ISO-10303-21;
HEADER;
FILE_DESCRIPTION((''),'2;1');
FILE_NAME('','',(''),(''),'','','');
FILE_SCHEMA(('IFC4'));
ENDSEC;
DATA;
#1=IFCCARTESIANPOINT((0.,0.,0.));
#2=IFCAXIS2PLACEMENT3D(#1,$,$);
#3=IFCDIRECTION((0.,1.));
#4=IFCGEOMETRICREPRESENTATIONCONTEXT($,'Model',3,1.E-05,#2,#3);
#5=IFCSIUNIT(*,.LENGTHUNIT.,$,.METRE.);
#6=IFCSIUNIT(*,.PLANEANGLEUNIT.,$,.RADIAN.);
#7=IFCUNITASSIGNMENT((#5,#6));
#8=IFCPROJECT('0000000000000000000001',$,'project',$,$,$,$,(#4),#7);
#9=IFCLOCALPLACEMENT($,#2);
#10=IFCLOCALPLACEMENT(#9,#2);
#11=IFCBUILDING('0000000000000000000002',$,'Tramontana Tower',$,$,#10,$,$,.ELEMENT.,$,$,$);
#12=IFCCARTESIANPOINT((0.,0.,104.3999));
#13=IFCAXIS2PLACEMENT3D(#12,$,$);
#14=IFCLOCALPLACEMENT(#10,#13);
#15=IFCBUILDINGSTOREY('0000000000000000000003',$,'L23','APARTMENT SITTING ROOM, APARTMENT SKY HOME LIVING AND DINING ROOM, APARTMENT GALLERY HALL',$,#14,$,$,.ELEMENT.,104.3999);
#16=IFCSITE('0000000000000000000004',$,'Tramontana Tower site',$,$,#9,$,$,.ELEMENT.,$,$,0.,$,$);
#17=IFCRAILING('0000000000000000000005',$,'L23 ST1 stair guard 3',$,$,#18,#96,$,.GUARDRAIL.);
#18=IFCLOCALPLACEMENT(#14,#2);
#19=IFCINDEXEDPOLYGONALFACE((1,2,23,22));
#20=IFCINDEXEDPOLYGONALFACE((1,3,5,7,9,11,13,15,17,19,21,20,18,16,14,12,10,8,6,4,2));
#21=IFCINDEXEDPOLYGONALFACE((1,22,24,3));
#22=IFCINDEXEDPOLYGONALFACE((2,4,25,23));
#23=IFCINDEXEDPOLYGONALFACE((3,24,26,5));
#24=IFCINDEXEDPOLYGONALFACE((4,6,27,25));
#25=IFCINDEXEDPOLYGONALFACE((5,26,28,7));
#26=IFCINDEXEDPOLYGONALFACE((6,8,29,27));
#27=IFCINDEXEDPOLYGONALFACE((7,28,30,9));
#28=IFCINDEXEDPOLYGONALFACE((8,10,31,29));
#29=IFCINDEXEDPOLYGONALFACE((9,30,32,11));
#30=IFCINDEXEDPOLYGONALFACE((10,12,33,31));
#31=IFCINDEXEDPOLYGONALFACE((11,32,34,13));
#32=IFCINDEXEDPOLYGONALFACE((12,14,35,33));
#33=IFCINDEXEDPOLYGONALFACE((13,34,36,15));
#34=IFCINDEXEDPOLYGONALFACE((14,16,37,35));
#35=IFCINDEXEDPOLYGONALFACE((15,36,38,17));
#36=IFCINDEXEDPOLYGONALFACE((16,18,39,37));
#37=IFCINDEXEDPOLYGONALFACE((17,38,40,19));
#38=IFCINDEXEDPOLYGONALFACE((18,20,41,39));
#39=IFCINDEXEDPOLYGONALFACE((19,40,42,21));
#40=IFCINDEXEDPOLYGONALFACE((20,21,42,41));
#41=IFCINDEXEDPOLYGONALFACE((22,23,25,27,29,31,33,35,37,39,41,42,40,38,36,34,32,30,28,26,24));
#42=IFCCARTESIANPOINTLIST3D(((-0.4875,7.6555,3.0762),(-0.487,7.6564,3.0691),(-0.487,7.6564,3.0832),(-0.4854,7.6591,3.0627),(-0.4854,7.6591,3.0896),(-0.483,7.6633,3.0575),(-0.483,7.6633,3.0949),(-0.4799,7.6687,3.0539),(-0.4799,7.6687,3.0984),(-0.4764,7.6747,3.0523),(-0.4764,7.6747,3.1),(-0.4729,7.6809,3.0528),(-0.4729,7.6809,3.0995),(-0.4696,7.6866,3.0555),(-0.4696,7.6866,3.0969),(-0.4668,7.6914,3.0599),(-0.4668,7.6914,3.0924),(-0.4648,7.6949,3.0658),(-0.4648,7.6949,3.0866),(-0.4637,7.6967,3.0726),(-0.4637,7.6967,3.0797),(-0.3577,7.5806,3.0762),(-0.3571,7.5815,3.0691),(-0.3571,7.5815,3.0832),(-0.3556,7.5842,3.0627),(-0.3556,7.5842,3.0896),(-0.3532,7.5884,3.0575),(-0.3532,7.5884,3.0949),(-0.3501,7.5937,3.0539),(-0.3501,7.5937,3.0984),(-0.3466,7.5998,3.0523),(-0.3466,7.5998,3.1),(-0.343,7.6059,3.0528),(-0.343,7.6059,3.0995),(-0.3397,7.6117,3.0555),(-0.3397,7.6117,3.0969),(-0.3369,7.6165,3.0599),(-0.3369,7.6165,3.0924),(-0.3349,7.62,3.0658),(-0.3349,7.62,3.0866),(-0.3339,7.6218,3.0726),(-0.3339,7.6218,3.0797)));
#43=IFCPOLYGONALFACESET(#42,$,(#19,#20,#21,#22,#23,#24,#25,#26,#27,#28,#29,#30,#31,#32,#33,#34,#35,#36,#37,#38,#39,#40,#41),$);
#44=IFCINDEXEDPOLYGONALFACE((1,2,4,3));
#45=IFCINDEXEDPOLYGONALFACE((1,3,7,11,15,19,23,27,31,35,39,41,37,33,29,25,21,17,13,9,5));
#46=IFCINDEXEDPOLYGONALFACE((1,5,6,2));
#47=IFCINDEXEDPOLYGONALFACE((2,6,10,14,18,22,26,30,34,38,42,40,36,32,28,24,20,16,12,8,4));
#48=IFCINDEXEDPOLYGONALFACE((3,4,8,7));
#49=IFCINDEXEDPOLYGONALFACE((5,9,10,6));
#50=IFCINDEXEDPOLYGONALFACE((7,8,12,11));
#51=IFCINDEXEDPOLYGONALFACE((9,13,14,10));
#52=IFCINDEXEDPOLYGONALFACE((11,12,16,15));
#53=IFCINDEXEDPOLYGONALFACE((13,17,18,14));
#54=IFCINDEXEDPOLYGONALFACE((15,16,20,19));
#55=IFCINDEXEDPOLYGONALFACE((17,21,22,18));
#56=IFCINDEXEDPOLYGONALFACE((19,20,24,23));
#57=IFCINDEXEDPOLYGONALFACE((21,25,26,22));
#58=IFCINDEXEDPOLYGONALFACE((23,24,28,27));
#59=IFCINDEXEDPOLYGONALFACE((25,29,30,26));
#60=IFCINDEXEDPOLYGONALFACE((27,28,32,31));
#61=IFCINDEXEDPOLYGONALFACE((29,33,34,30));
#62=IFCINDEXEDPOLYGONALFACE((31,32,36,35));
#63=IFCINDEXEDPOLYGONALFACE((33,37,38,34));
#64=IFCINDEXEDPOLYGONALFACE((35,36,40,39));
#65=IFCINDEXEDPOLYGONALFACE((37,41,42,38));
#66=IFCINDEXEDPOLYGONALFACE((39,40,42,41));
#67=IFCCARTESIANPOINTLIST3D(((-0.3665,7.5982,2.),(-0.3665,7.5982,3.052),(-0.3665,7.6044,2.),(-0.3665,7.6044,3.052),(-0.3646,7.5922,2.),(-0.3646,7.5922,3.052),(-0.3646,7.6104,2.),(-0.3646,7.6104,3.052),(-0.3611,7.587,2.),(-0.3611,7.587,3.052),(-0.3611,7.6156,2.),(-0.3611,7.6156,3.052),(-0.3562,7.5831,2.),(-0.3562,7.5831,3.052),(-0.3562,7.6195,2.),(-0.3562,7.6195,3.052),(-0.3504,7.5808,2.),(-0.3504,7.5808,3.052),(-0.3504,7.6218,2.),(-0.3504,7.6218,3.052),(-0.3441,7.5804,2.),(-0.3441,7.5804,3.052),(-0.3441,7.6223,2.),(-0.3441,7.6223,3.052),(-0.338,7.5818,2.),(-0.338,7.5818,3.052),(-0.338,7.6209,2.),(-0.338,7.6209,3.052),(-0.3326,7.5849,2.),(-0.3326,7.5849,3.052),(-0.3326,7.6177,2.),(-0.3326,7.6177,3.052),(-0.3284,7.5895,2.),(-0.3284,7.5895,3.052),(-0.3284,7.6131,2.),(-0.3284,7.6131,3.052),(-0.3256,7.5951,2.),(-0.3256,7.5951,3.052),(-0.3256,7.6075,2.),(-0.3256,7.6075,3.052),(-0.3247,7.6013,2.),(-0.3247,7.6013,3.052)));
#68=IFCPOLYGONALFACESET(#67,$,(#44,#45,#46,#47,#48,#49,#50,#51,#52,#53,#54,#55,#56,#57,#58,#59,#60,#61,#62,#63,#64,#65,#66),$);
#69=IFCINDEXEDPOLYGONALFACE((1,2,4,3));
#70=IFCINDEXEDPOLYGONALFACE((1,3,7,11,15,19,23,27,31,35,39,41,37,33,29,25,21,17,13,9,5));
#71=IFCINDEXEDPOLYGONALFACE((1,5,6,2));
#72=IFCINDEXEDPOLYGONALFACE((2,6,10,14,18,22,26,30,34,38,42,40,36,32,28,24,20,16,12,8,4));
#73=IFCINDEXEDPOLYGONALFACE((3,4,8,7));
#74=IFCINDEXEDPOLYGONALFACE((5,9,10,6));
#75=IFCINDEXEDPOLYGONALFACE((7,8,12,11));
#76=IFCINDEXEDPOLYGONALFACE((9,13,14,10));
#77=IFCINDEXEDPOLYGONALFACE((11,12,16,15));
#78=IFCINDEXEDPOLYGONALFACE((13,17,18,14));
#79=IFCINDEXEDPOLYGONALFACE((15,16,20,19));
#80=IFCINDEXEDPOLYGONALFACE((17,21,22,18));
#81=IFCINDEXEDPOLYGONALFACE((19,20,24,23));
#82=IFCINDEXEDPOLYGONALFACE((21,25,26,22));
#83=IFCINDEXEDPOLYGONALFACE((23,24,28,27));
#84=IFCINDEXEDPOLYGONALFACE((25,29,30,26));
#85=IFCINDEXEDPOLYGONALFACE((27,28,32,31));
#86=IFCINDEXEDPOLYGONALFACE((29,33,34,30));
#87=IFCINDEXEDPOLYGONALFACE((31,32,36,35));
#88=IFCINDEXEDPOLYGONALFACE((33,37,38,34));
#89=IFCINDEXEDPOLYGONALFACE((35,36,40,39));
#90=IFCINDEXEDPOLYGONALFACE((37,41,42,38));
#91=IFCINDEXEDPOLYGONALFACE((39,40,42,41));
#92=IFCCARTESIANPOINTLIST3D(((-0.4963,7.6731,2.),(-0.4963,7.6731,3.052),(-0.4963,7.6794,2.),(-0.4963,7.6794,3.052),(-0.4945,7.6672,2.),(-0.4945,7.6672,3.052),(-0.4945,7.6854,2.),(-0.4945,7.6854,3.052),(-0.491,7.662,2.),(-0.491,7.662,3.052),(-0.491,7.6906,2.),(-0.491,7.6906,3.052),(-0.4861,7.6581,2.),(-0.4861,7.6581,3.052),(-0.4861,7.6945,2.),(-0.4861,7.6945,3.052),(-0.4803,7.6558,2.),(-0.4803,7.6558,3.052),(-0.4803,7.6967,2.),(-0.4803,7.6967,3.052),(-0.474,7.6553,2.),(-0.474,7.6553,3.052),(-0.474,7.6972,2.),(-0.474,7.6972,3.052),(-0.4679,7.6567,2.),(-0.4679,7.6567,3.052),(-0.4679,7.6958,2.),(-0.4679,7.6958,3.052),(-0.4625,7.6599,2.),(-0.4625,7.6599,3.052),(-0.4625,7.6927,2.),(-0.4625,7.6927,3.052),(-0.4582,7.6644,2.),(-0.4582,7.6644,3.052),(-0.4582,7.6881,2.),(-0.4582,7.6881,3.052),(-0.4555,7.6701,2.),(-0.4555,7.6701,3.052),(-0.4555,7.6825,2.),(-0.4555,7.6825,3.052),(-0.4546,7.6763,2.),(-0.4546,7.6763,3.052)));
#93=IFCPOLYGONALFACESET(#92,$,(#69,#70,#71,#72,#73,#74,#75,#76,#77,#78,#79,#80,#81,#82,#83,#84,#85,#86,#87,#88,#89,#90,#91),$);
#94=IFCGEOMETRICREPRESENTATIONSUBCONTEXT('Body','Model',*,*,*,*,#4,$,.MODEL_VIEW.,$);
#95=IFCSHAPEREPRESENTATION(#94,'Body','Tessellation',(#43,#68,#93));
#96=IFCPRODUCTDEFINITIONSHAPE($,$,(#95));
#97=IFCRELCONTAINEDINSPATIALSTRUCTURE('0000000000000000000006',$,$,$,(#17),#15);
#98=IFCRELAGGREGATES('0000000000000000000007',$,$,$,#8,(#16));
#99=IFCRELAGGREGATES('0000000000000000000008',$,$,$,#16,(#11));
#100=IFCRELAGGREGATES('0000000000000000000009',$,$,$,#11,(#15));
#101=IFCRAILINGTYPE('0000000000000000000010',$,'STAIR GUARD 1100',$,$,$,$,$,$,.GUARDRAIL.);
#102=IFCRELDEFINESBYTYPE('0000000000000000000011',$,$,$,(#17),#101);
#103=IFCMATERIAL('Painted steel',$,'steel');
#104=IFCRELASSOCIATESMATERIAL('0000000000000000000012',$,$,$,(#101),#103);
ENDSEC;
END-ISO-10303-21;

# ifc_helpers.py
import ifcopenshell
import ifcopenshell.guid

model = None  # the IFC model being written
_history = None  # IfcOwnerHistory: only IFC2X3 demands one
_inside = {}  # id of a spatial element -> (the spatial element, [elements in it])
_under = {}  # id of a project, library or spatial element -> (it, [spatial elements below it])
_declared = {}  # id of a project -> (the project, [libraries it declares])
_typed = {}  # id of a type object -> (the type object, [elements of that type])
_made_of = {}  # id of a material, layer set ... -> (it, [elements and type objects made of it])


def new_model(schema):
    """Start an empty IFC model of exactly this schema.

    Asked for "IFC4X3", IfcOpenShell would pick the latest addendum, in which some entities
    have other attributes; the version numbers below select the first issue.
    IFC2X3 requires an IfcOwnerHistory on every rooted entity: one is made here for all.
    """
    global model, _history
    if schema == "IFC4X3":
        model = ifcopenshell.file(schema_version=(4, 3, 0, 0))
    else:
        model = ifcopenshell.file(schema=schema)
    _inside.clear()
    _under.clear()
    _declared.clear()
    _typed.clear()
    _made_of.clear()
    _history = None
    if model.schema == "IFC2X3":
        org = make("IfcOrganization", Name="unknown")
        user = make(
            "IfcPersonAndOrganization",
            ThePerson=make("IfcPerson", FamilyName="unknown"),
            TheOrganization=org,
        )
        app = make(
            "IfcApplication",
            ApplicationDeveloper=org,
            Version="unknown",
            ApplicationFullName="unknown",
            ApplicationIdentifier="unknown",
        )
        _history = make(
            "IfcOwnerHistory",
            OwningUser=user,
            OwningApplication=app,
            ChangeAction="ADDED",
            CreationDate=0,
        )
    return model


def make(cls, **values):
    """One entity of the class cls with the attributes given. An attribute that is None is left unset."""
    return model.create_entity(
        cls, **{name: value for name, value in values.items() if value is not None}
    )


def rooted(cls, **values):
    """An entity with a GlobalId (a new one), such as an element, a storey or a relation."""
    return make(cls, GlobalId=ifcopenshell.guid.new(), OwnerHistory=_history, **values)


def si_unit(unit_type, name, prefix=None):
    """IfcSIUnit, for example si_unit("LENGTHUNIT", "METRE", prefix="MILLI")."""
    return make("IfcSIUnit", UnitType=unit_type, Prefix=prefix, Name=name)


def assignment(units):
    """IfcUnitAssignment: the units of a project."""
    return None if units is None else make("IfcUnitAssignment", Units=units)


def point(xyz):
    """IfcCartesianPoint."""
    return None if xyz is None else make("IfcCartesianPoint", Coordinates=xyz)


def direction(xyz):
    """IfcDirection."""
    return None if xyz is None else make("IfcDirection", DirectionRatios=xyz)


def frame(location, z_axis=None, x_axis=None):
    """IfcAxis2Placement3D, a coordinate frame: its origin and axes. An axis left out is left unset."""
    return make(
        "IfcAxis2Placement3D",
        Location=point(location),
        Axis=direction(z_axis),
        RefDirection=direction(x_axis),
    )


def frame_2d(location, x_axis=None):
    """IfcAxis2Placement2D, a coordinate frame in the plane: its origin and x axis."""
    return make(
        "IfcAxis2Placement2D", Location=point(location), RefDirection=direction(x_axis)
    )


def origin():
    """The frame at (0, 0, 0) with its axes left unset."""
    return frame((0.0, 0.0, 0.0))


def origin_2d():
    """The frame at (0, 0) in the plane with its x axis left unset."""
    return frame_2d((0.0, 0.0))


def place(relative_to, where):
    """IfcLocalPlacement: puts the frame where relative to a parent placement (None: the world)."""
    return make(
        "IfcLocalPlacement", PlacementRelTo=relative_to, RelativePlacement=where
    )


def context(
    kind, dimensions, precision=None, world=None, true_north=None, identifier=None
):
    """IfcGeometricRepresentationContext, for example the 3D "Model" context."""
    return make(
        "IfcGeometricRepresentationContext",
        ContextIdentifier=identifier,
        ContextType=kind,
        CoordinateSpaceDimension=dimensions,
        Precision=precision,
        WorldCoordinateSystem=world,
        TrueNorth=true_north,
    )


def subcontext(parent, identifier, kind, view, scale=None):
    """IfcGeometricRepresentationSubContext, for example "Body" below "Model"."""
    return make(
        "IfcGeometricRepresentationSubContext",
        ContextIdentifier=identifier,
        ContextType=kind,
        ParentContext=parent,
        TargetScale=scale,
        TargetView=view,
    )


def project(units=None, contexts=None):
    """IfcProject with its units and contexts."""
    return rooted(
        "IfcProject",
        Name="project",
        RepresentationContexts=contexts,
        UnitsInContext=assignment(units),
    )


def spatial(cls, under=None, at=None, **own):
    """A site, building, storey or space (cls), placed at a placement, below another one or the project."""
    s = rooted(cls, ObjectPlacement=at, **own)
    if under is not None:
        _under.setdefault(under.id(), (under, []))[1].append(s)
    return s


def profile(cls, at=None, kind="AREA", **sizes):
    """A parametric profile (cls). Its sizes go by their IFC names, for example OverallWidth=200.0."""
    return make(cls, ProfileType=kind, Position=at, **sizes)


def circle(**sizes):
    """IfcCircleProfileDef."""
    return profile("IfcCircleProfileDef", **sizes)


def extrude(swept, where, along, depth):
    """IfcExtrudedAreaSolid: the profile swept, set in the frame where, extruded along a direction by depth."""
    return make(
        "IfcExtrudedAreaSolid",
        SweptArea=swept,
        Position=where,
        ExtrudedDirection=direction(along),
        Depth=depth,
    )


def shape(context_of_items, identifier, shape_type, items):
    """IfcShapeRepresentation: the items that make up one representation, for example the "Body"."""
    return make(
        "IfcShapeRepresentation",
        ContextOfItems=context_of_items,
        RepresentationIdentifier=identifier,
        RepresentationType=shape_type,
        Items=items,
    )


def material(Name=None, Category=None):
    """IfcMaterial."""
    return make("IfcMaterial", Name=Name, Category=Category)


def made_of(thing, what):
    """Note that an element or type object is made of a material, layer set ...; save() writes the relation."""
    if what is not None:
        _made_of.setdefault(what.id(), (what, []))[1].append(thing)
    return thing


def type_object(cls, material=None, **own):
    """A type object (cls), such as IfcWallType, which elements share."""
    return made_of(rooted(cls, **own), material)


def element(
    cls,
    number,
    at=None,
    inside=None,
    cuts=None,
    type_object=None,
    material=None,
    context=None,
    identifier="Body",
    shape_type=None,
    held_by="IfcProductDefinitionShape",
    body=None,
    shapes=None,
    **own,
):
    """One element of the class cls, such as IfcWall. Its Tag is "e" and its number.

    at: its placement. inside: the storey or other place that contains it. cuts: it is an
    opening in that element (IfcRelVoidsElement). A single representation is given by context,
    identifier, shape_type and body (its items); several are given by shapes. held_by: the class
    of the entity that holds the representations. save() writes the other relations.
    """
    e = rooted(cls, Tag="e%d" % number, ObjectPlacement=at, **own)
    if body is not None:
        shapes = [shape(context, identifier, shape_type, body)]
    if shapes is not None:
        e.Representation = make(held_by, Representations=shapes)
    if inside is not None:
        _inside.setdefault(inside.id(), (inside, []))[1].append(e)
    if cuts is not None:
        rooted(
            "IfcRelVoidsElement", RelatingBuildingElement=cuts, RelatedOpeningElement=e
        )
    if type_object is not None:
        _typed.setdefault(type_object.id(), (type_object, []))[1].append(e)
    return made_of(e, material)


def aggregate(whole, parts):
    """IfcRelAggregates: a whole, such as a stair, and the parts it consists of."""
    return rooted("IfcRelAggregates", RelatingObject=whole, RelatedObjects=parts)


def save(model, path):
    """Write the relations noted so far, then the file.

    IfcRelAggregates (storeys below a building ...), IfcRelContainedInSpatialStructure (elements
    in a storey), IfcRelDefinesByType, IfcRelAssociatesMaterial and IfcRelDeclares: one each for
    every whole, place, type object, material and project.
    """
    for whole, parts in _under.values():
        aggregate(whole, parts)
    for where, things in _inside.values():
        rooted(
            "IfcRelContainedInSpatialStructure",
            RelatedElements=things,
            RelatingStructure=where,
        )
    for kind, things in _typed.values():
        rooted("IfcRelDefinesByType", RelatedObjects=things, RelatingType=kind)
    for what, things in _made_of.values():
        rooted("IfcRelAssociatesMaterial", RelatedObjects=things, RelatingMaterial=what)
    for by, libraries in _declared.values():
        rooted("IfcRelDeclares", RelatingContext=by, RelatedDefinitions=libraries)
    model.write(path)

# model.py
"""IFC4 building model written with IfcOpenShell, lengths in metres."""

from ifc_helpers import new_model, si_unit, direction, frame, origin, origin_2d, place, context, subcontext, project, spatial, circle, extrude, material, type_object, element, save


model = new_model("IFC4")

# Units and contexts
model_context = context("Model", 3, precision=1e-05, world=origin(), true_north=direction((0.0, 1.0)))
body_context = subcontext(model_context, "Body", "Model", "MODEL_VIEW")
ifc_project = project(units=[si_unit("LENGTHUNIT", "METRE"), si_unit("PLANEANGLEUNIT", "RADIAN")], contexts=[model_context])

# Site, building, storey
site_placement = place(None, origin())
site = spatial("IfcSite", under=ifc_project, at=site_placement, Name="Tramontana Tower site", CompositionType="ELEMENT", RefElevation=0.0)
building_placement = place(site_placement, origin())
building = spatial("IfcBuilding", under=site, at=building_placement, Name="Tramontana Tower", CompositionType="ELEMENT")
storey_placement = place(building_placement, frame((0.0, 0.0, 104.3999)))
storey = spatial("IfcBuildingStorey", under=building, at=storey_placement, Name="L23", Description="APARTMENT SITTING ROOM, APARTMENT SKY HOME LIVING AND DINING ROOM, APARTMENT GALLERY HALL", CompositionType="ELEMENT", Elevation=104.3999)

# Railing
ifc_material_1 = material(Name="Painted steel", Category="steel")
railing_type_1 = type_object("IfcRailingType", Name="STAIR GUARD 1100", PredefinedType="GUARDRAIL", material=ifc_material_1)
railing_1_placement = place(storey_placement, frame((-0.3457, 7.6013, 2.0)))
element("IfcRailing", 1, at=railing_1_placement, inside=storey, type_object=railing_type_1, Name="L23 ST1 stair guard 3", PredefinedType="GUARDRAIL", context=body_context, shape_type="SweptSolid", body=[
    extrude(circle(Radius=0.0239, at=origin_2d()), frame((0.0, 0.0, 1.0762), z_axis=(-0.866131, 0.499816, 0.0), x_axis=(-0.499816, -0.866131, 0.0)), (0.0, 0.0, 1.0), 0.1499),
    extrude(circle(Radius=0.021, at=origin_2d()), origin(), (0.0, 0.0, 1.0), 1.052),
    extrude(circle(Radius=0.021, at=origin_2d()), frame((-0.1299, 0.075, 0.0)), (0.0, 0.0, 1.0), 1.052),
])

save(model, "model.ifc")
